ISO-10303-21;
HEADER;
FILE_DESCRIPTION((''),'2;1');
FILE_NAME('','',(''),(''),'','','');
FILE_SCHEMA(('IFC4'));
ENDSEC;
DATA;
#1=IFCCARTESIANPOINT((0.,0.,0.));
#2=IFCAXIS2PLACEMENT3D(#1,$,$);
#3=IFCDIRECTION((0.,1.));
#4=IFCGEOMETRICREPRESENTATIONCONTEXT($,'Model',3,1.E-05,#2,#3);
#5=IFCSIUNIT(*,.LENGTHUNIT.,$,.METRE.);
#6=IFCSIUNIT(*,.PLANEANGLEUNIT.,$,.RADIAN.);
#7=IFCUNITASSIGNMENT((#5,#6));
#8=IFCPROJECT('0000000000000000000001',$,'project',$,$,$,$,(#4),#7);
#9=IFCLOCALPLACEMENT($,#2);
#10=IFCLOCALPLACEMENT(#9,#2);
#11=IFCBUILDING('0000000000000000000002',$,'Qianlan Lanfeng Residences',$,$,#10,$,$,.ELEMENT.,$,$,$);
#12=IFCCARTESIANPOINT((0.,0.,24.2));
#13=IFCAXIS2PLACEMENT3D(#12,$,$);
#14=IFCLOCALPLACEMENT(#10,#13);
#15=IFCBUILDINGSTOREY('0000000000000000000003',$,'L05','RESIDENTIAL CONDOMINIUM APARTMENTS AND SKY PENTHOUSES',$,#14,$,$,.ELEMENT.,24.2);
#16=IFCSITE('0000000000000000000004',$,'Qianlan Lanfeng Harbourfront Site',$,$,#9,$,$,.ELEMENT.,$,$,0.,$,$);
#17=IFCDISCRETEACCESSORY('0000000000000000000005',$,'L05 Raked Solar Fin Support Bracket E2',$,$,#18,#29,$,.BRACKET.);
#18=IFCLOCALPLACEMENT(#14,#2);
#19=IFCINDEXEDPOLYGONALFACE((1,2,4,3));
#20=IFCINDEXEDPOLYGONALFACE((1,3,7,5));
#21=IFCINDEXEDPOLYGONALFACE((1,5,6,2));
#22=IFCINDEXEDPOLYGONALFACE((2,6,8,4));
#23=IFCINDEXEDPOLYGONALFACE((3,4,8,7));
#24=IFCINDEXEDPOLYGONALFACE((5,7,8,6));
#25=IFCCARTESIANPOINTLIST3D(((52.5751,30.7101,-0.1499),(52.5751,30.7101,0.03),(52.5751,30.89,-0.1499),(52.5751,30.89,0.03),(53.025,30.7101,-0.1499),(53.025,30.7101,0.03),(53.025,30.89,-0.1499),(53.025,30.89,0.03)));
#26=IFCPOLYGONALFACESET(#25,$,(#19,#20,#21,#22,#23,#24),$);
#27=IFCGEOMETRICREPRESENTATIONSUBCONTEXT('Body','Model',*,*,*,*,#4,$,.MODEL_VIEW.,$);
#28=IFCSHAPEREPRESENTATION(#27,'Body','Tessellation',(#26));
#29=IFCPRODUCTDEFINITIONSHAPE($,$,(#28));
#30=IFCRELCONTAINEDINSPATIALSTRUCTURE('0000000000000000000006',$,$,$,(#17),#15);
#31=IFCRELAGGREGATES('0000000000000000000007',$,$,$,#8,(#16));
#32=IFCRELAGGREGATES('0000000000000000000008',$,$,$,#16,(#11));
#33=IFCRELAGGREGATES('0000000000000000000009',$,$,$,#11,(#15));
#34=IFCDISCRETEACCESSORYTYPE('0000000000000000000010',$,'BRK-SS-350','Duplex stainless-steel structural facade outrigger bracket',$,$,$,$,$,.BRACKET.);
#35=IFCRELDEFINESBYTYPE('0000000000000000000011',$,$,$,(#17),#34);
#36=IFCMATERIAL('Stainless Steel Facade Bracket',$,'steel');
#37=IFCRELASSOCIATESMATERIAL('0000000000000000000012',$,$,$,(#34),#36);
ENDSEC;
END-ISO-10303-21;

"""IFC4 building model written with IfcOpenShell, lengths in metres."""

from ifc_helpers import new_model, si_unit, direction, frame, origin, origin_2d, place, context, subcontext, project, spatial, rectangle, extrude, source, transform, mapped, material, type_object, element, save


model = new_model("IFC4")

# Units and contexts
model_context = context("Model", 3, precision=1e-05, world=origin(), true_north=direction((0.0, 1.0)))
body_context = subcontext(model_context, "Body", "Model", "MODEL_VIEW")
ifc_project = project(units=[si_unit("LENGTHUNIT", "METRE"), si_unit("PLANEANGLEUNIT", "RADIAN")], contexts=[model_context])

# Site, building, storey
site_placement = place(None, origin())
site = spatial("IfcSite", under=ifc_project, at=site_placement, Name="Qianlan Lanfeng Harbourfront Site", CompositionType="ELEMENT", RefElevation=0.0)
building_placement = place(site_placement, origin())
building = spatial("IfcBuilding", under=site, at=building_placement, Name="Qianlan Lanfeng Residences", CompositionType="ELEMENT")
storey_placement = place(building_placement, frame((0.0, 0.0, 24.2)))
storey = spatial("IfcBuildingStorey", under=building, at=storey_placement, Name="L05", Description="RESIDENTIAL CONDOMINIUM APARTMENTS AND SKY PENTHOUSES", CompositionType="ELEMENT", Elevation=24.2)

# Discrete accessory
ifc_material_1 = material(Name="Stainless Steel Facade Bracket", Category="steel")
discrete_accessory_type = type_object("IfcDiscreteAccessoryType", Name="BRK-SS-350", Description="Duplex stainless-steel structural facade outrigger bracket", PredefinedType="BRACKET", material=ifc_material_1)
shared_shape_1 = source(origin(), body_context, "Body", "SweptSolid", [
    extrude(rectangle(XDim=0.45, YDim=0.1799, at=origin_2d()), origin(), (0.0, 0.0, 1.0), 0.1799),
])
discrete_accessory_placement = place(storey_placement, frame((52.8, 30.8, -0.1499), z_axis=(0.0, 0.0, 1.0), x_axis=(1.0, 0.0, 0.0)))
element("IfcDiscreteAccessory", 1, at=discrete_accessory_placement, inside=storey, type_object=discrete_accessory_type, Name="L05 Raked Solar Fin Support Bracket E2", PredefinedType="BRACKET", context=body_context, shape_type="MappedRepresentation", body=[
    mapped(shared_shape_1, transform((0.0, 0.0, 0.0), scale=1.0)),
])

save(model, "model.ifc")
